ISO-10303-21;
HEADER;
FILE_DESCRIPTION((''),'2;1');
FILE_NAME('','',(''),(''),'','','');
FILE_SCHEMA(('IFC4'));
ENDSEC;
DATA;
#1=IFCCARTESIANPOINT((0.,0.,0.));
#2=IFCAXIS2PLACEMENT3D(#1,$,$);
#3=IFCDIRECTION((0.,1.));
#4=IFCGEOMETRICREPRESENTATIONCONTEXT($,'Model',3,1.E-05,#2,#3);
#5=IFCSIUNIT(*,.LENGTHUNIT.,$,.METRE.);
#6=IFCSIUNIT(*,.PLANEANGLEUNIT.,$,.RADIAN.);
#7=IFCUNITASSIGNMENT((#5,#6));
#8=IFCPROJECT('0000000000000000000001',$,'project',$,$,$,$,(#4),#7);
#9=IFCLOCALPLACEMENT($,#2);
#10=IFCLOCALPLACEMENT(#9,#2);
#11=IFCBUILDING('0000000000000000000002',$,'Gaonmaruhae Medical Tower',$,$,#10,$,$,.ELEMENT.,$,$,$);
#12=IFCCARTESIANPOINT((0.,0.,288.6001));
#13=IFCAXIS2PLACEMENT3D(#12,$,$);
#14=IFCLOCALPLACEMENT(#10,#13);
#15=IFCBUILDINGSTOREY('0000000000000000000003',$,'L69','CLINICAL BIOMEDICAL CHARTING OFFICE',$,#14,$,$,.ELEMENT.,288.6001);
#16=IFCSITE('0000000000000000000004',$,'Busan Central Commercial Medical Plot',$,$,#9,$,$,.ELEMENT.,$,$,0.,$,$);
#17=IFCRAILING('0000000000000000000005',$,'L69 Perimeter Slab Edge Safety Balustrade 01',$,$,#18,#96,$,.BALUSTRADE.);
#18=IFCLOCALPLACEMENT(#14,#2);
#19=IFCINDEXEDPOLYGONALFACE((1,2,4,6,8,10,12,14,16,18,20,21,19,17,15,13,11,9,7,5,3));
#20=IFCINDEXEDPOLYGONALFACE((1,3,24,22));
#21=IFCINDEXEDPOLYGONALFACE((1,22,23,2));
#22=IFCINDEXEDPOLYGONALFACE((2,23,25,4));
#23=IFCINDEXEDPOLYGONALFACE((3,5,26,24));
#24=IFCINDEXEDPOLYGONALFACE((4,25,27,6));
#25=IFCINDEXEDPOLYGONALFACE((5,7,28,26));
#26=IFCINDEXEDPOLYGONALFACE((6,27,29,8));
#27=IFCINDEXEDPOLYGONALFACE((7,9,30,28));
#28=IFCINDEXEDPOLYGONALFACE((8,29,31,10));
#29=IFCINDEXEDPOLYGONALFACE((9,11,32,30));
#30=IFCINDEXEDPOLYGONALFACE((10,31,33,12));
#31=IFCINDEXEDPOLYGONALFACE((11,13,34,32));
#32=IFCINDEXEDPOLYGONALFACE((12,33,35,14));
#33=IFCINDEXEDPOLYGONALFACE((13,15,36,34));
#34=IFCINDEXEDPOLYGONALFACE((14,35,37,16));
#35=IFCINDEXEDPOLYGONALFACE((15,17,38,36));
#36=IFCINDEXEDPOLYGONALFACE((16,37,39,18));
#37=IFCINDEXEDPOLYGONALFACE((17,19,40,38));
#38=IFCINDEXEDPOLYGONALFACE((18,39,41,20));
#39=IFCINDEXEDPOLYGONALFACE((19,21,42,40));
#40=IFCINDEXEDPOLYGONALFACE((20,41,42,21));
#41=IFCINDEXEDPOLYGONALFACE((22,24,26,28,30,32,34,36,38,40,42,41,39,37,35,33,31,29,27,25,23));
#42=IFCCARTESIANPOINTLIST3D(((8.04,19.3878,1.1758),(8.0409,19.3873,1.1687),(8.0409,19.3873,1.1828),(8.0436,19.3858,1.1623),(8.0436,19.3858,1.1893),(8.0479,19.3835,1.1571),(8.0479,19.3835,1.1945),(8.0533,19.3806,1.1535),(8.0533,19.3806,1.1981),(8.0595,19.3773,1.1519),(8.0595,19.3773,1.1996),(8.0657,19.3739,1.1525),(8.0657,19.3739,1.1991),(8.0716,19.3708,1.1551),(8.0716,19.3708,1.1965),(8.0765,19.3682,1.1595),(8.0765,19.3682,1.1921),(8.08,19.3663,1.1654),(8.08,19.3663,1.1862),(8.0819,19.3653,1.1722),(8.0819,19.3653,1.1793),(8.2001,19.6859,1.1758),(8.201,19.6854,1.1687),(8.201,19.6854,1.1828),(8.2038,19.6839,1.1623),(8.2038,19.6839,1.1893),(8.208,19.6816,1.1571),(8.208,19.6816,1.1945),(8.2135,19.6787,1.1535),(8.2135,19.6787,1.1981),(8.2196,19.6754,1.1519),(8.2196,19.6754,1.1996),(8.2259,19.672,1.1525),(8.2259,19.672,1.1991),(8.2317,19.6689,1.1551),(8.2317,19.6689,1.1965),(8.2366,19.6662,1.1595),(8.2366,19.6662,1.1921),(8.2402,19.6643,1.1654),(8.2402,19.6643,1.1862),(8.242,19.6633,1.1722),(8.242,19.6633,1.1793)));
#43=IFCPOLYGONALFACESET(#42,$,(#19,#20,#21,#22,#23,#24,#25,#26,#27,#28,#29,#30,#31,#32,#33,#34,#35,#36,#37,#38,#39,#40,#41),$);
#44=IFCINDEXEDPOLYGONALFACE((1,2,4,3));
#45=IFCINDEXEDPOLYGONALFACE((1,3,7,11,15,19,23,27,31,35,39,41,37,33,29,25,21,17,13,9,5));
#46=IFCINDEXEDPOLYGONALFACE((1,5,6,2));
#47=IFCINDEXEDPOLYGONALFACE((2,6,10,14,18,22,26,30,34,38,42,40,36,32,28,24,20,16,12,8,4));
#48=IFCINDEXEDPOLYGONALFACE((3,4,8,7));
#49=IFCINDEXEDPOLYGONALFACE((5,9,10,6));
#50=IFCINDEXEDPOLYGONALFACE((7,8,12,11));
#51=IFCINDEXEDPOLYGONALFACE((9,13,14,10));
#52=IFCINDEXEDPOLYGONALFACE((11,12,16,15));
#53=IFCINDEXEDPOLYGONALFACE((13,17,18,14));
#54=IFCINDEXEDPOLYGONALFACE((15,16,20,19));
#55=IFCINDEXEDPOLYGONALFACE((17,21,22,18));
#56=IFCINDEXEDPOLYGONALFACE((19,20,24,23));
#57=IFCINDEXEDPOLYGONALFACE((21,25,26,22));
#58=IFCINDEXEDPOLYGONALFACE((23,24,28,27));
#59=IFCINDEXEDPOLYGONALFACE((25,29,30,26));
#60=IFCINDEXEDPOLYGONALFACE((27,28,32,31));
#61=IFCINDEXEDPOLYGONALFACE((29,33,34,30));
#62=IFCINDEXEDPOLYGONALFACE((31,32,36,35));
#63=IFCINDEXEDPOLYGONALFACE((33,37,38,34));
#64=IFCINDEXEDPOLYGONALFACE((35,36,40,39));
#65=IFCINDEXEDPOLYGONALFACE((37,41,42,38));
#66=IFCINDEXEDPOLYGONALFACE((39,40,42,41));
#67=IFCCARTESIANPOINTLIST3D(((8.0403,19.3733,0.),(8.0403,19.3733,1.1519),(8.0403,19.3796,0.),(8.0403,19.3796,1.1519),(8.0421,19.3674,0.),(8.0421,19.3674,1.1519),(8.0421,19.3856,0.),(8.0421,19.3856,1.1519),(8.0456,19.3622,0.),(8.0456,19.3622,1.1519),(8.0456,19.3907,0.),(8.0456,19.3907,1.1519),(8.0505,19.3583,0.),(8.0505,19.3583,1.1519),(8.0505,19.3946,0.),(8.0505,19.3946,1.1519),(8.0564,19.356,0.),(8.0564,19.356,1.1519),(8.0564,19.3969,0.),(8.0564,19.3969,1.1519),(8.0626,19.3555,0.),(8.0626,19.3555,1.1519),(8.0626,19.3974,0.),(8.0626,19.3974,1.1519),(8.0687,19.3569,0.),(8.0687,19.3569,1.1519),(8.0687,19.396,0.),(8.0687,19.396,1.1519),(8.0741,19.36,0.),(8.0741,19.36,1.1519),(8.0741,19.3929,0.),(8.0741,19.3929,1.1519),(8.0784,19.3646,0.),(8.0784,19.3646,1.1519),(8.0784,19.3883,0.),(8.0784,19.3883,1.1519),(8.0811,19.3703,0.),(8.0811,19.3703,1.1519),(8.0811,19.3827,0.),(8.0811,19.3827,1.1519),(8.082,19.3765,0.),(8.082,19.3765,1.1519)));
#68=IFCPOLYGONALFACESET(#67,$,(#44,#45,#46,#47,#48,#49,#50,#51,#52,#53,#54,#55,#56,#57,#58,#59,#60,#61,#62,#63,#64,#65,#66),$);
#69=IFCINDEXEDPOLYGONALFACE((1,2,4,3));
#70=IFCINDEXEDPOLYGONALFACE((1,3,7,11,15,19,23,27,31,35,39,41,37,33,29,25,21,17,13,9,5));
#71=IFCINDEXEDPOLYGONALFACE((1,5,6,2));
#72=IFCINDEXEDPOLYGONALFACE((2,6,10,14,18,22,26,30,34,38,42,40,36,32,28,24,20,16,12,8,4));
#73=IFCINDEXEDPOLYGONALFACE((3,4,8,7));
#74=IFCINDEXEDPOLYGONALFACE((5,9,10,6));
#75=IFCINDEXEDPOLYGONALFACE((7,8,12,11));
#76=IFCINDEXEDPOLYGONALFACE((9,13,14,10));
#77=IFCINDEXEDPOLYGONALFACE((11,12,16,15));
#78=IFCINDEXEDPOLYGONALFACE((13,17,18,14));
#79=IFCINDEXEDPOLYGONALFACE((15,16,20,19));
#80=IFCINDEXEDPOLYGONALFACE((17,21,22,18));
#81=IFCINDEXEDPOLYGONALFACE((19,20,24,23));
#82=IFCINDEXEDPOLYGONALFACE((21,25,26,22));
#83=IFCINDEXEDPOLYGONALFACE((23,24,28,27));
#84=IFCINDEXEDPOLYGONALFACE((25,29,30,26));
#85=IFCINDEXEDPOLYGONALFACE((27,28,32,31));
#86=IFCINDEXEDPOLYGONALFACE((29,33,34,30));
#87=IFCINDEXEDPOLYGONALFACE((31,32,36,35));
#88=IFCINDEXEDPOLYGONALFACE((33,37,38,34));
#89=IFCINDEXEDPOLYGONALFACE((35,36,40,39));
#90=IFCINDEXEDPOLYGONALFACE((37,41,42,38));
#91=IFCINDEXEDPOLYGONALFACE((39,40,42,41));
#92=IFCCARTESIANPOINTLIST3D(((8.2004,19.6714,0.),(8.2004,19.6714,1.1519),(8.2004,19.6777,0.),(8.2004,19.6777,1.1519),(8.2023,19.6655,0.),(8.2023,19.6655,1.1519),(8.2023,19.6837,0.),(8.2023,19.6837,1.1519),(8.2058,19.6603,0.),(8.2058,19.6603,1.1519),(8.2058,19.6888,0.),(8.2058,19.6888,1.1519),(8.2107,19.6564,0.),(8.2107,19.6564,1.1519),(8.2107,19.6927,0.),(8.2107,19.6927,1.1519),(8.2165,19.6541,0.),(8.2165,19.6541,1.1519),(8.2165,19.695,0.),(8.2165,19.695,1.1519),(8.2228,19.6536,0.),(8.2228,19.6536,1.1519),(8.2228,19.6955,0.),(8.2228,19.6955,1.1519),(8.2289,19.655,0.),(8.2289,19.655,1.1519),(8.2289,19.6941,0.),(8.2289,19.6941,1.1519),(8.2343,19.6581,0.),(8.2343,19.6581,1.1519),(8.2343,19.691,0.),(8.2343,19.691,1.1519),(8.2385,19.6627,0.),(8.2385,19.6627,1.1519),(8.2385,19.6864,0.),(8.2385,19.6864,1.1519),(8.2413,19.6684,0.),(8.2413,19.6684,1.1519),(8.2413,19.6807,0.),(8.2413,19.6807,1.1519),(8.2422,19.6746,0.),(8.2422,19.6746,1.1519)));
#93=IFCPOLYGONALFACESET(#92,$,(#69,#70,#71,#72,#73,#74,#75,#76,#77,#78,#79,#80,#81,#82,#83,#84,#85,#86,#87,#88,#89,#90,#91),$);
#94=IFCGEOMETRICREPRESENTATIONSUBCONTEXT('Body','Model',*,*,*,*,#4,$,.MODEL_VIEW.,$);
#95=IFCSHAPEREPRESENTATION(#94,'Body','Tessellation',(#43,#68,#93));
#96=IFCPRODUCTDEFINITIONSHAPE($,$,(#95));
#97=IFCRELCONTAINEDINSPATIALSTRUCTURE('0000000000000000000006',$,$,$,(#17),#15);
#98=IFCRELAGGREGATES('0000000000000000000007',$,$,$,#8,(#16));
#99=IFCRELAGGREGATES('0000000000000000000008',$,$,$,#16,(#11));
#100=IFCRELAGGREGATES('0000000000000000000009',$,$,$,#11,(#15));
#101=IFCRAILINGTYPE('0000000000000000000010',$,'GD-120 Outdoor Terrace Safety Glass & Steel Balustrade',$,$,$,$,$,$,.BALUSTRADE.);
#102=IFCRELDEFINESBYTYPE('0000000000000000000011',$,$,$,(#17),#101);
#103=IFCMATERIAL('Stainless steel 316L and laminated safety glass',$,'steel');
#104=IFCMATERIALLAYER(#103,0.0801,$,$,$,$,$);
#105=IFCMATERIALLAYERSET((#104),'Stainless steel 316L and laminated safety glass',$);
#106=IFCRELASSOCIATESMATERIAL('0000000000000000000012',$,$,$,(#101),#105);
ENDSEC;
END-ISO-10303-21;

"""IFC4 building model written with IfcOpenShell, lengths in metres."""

from ifc_helpers import new_model, si_unit, direction, frame, origin, origin_2d, place, context, subcontext, project, spatial, circle, extrude, material, layer, layer_set, type_object, element, save


model = new_model("IFC4")

# Units and contexts
model_context = context("Model", 3, precision=1e-05, world=origin(), true_north=direction((0.0, 1.0)))
body_context = subcontext(model_context, "Body", "Model", "MODEL_VIEW")
ifc_project = project(units=[si_unit("LENGTHUNIT", "METRE"), si_unit("PLANEANGLEUNIT", "RADIAN")], contexts=[model_context])

# Site, building, storey
site_placement = place(None, origin())
site = spatial("IfcSite", under=ifc_project, at=site_placement, Name="Busan Central Commercial Medical Plot", CompositionType="ELEMENT", RefElevation=0.0)
building_placement = place(site_placement, origin())
building = spatial("IfcBuilding", under=site, at=building_placement, Name="Gaonmaruhae Medical Tower", CompositionType="ELEMENT")
storey_placement = place(building_placement, frame((0.0, 0.0, 288.6001)))
storey = spatial("IfcBuildingStorey", under=building, at=storey_placement, Name="L69", Description="CLINICAL BIOMEDICAL CHARTING OFFICE", CompositionType="ELEMENT", Elevation=288.6001)

# Railing
ifc_material_1 = material(Name="Stainless steel 316L and laminated safety glass", Category="steel")
ifc_layer_1 = layer(ifc_material_1, 0.0801)
ifc_layer_set_1 = layer_set([ifc_layer_1], Name="Stainless steel 316L and laminated safety glass")
railing_type_1 = type_object("IfcRailingType", Name="GD-120 Outdoor Terrace Safety Glass & Steel Balustrade", PredefinedType="BALUSTRADE", material=ifc_layer_set_1)
railing_1_placement = place(storey_placement, frame((8.061, 19.3765, 0.0)))
element("IfcRailing", 1, at=railing_1_placement, inside=storey, type_object=railing_type_1, Name="L69 Perimeter Slab Edge Safety Balustrade 01", PredefinedType="BALUSTRADE", context=body_context, shape_type="SweptSolid", body=[
    extrude(circle(Radius=0.0239, at=origin_2d()), frame((0.0, 0.0, 1.1758), z_axis=(0.473282, 0.880911, 0.0), x_axis=(-0.880911, 0.473282, 0.0)), (0.0, 0.0, 1.0), 0.3384),
    extrude(circle(Radius=0.021, at=origin_2d()), origin(), (0.0, 0.0, 1.0), 1.1519),
    extrude(circle(Radius=0.021, at=origin_2d()), frame((0.1602, 0.2981, 0.0)), (0.0, 0.0, 1.0), 1.1519),
])

save(model, "model.ifc")
